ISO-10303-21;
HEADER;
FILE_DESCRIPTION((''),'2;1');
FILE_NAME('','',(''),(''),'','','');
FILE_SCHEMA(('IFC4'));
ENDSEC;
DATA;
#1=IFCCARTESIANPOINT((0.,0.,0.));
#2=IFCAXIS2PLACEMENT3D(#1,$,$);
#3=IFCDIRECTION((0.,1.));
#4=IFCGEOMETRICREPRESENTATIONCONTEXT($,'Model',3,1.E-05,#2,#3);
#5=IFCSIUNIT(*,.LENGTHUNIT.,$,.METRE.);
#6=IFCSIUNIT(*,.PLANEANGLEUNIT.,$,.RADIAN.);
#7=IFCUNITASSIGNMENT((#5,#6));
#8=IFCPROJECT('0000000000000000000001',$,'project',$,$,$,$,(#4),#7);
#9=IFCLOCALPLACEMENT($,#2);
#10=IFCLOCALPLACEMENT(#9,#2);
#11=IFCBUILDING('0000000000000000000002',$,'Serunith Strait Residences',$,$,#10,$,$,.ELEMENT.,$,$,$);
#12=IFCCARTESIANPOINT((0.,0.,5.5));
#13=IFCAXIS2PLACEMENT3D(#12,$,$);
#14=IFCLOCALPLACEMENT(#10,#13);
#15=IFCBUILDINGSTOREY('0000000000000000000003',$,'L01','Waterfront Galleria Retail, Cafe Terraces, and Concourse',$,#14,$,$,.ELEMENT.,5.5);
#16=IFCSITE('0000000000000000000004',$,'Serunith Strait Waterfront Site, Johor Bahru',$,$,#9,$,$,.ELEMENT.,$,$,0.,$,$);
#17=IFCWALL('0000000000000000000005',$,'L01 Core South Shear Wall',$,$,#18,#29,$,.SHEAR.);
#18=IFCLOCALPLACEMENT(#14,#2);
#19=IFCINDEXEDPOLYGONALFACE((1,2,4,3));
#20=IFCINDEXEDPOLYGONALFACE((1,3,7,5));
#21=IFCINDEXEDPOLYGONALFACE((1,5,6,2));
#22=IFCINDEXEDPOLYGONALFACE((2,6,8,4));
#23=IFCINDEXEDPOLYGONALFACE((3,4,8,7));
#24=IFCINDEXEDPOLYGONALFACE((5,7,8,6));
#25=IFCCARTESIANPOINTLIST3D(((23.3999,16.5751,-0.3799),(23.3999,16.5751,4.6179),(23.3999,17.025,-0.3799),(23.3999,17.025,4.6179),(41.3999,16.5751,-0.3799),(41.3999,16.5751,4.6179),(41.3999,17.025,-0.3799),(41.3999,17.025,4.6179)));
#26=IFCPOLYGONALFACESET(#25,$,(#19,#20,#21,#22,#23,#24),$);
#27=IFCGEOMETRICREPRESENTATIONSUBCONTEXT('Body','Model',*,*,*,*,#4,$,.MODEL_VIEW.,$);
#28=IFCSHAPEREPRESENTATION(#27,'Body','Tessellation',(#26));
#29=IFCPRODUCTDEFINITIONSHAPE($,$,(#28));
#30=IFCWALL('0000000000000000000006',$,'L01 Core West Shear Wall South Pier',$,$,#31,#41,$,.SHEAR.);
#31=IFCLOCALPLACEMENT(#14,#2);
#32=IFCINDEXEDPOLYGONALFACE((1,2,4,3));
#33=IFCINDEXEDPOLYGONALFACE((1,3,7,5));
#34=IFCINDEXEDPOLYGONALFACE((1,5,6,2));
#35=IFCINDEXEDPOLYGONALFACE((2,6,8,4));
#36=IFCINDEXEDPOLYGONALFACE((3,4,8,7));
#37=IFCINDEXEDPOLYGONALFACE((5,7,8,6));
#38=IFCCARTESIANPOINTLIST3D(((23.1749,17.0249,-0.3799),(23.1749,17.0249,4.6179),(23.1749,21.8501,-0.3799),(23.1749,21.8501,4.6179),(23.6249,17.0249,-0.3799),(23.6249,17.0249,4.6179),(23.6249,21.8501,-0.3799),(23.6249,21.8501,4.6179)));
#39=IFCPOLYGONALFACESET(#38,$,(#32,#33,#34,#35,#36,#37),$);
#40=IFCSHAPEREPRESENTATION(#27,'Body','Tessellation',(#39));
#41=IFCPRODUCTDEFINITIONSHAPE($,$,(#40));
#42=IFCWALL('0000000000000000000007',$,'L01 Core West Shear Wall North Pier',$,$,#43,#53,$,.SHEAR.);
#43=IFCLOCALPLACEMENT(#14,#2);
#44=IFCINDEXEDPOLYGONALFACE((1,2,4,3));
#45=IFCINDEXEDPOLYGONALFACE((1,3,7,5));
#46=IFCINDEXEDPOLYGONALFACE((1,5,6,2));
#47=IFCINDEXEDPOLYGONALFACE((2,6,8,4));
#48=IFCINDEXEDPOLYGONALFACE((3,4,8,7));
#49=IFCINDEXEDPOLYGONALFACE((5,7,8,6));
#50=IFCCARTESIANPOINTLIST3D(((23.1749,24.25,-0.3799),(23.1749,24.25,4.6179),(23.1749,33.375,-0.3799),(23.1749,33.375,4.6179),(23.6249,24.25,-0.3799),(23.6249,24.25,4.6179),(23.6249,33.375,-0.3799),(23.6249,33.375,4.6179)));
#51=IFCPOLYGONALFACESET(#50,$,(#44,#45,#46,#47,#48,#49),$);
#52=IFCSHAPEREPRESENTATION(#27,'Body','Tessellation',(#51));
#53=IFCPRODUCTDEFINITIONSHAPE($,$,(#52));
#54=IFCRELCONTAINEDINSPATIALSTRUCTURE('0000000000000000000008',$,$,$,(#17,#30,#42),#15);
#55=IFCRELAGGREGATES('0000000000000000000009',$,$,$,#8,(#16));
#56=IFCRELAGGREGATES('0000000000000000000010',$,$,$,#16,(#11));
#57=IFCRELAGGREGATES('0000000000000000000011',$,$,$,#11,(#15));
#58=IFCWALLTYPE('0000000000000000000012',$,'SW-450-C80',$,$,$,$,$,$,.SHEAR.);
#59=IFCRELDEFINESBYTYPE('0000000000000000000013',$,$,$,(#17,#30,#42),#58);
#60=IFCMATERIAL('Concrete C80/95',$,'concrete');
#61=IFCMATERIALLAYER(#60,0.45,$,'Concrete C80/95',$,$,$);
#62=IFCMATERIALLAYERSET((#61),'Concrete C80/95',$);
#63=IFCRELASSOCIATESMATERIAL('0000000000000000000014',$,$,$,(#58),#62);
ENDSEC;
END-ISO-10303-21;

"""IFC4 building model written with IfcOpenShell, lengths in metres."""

from ifc_helpers import new_model, si_unit, direction, frame, frame_2d, origin, place, context, subcontext, project, spatial, rectangle, extrude, material, layer, layer_set, type_object, element, save


model = new_model("IFC4")

# Units and contexts
model_context = context("Model", 3, precision=1e-05, world=origin(), true_north=direction((0.0, 1.0)))
body_context = subcontext(model_context, "Body", "Model", "MODEL_VIEW")
ifc_project = project(units=[si_unit("LENGTHUNIT", "METRE"), si_unit("PLANEANGLEUNIT", "RADIAN")], contexts=[model_context])

# Site, building, storey
site_placement = place(None, origin())
site = spatial("IfcSite", under=ifc_project, at=site_placement, Name="Serunith Strait Waterfront Site, Johor Bahru", CompositionType="ELEMENT", RefElevation=0.0)
building_placement = place(site_placement, origin())
building = spatial("IfcBuilding", under=site, at=building_placement, Name="Serunith Strait Residences", CompositionType="ELEMENT")
storey_placement = place(building_placement, frame((0.0, 0.0, 5.5)))
storey = spatial("IfcBuildingStorey", under=building, at=storey_placement, Name="L01", Description="Waterfront Galleria Retail, Cafe Terraces, and Concourse", CompositionType="ELEMENT", Elevation=5.5)

# Walls
ifc_material_1 = material(Name="Concrete C80/95", Category="concrete")
ifc_layer_1 = layer(ifc_material_1, 0.45, Name="Concrete C80/95")
ifc_layer_set_1 = layer_set([ifc_layer_1], Name="Concrete C80/95")
wall_type_1 = type_object("IfcWallType", Name="SW-450-C80", PredefinedType="SHEAR", material=ifc_layer_set_1)
wall_1_placement = place(storey_placement, frame((23.3999, 16.8, -0.3799), z_axis=(0.0, 0.0, 1.0), x_axis=(1.0, 0.0, 0.0)))
element("IfcWall", 1, at=wall_1_placement, inside=storey, type_object=wall_type_1, Name="L01 Core South Shear Wall", PredefinedType="SHEAR", context=body_context, shape_type="SweptSolid", body=[
    extrude(rectangle(XDim=18.0, YDim=0.45, at=frame_2d((9.0, 0.0))), origin(), (0.0, 0.0, 1.0), 4.9978),
])
wall_2_placement = place(storey_placement, frame((23.3999, 17.0249, -0.3799), z_axis=(0.0, 0.0, 1.0), x_axis=(0.0, 1.0, 0.0)))
element("IfcWall", 2, at=wall_2_placement, inside=storey, type_object=wall_type_1, Name="L01 Core West Shear Wall South Pier", PredefinedType="SHEAR", context=body_context, shape_type="SweptSolid", body=[
    extrude(rectangle(XDim=4.8252, YDim=0.45, at=frame_2d((2.4126, 0.0))), origin(), (0.0, 0.0, 1.0), 4.9978),
])
wall_3_placement = place(storey_placement, frame((23.3999, 24.25, -0.3799), z_axis=(0.0, 0.0, 1.0), x_axis=(0.0, 1.0, 0.0)))
element("IfcWall", 3, at=wall_3_placement, inside=storey, type_object=wall_type_1, Name="L01 Core West Shear Wall North Pier", PredefinedType="SHEAR", context=body_context, shape_type="SweptSolid", body=[
    extrude(rectangle(XDim=9.125, YDim=0.45, at=frame_2d((4.5625, 0.0))), origin(), (0.0, 0.0, 1.0), 4.9978),
])

save(model, "model.ifc")
